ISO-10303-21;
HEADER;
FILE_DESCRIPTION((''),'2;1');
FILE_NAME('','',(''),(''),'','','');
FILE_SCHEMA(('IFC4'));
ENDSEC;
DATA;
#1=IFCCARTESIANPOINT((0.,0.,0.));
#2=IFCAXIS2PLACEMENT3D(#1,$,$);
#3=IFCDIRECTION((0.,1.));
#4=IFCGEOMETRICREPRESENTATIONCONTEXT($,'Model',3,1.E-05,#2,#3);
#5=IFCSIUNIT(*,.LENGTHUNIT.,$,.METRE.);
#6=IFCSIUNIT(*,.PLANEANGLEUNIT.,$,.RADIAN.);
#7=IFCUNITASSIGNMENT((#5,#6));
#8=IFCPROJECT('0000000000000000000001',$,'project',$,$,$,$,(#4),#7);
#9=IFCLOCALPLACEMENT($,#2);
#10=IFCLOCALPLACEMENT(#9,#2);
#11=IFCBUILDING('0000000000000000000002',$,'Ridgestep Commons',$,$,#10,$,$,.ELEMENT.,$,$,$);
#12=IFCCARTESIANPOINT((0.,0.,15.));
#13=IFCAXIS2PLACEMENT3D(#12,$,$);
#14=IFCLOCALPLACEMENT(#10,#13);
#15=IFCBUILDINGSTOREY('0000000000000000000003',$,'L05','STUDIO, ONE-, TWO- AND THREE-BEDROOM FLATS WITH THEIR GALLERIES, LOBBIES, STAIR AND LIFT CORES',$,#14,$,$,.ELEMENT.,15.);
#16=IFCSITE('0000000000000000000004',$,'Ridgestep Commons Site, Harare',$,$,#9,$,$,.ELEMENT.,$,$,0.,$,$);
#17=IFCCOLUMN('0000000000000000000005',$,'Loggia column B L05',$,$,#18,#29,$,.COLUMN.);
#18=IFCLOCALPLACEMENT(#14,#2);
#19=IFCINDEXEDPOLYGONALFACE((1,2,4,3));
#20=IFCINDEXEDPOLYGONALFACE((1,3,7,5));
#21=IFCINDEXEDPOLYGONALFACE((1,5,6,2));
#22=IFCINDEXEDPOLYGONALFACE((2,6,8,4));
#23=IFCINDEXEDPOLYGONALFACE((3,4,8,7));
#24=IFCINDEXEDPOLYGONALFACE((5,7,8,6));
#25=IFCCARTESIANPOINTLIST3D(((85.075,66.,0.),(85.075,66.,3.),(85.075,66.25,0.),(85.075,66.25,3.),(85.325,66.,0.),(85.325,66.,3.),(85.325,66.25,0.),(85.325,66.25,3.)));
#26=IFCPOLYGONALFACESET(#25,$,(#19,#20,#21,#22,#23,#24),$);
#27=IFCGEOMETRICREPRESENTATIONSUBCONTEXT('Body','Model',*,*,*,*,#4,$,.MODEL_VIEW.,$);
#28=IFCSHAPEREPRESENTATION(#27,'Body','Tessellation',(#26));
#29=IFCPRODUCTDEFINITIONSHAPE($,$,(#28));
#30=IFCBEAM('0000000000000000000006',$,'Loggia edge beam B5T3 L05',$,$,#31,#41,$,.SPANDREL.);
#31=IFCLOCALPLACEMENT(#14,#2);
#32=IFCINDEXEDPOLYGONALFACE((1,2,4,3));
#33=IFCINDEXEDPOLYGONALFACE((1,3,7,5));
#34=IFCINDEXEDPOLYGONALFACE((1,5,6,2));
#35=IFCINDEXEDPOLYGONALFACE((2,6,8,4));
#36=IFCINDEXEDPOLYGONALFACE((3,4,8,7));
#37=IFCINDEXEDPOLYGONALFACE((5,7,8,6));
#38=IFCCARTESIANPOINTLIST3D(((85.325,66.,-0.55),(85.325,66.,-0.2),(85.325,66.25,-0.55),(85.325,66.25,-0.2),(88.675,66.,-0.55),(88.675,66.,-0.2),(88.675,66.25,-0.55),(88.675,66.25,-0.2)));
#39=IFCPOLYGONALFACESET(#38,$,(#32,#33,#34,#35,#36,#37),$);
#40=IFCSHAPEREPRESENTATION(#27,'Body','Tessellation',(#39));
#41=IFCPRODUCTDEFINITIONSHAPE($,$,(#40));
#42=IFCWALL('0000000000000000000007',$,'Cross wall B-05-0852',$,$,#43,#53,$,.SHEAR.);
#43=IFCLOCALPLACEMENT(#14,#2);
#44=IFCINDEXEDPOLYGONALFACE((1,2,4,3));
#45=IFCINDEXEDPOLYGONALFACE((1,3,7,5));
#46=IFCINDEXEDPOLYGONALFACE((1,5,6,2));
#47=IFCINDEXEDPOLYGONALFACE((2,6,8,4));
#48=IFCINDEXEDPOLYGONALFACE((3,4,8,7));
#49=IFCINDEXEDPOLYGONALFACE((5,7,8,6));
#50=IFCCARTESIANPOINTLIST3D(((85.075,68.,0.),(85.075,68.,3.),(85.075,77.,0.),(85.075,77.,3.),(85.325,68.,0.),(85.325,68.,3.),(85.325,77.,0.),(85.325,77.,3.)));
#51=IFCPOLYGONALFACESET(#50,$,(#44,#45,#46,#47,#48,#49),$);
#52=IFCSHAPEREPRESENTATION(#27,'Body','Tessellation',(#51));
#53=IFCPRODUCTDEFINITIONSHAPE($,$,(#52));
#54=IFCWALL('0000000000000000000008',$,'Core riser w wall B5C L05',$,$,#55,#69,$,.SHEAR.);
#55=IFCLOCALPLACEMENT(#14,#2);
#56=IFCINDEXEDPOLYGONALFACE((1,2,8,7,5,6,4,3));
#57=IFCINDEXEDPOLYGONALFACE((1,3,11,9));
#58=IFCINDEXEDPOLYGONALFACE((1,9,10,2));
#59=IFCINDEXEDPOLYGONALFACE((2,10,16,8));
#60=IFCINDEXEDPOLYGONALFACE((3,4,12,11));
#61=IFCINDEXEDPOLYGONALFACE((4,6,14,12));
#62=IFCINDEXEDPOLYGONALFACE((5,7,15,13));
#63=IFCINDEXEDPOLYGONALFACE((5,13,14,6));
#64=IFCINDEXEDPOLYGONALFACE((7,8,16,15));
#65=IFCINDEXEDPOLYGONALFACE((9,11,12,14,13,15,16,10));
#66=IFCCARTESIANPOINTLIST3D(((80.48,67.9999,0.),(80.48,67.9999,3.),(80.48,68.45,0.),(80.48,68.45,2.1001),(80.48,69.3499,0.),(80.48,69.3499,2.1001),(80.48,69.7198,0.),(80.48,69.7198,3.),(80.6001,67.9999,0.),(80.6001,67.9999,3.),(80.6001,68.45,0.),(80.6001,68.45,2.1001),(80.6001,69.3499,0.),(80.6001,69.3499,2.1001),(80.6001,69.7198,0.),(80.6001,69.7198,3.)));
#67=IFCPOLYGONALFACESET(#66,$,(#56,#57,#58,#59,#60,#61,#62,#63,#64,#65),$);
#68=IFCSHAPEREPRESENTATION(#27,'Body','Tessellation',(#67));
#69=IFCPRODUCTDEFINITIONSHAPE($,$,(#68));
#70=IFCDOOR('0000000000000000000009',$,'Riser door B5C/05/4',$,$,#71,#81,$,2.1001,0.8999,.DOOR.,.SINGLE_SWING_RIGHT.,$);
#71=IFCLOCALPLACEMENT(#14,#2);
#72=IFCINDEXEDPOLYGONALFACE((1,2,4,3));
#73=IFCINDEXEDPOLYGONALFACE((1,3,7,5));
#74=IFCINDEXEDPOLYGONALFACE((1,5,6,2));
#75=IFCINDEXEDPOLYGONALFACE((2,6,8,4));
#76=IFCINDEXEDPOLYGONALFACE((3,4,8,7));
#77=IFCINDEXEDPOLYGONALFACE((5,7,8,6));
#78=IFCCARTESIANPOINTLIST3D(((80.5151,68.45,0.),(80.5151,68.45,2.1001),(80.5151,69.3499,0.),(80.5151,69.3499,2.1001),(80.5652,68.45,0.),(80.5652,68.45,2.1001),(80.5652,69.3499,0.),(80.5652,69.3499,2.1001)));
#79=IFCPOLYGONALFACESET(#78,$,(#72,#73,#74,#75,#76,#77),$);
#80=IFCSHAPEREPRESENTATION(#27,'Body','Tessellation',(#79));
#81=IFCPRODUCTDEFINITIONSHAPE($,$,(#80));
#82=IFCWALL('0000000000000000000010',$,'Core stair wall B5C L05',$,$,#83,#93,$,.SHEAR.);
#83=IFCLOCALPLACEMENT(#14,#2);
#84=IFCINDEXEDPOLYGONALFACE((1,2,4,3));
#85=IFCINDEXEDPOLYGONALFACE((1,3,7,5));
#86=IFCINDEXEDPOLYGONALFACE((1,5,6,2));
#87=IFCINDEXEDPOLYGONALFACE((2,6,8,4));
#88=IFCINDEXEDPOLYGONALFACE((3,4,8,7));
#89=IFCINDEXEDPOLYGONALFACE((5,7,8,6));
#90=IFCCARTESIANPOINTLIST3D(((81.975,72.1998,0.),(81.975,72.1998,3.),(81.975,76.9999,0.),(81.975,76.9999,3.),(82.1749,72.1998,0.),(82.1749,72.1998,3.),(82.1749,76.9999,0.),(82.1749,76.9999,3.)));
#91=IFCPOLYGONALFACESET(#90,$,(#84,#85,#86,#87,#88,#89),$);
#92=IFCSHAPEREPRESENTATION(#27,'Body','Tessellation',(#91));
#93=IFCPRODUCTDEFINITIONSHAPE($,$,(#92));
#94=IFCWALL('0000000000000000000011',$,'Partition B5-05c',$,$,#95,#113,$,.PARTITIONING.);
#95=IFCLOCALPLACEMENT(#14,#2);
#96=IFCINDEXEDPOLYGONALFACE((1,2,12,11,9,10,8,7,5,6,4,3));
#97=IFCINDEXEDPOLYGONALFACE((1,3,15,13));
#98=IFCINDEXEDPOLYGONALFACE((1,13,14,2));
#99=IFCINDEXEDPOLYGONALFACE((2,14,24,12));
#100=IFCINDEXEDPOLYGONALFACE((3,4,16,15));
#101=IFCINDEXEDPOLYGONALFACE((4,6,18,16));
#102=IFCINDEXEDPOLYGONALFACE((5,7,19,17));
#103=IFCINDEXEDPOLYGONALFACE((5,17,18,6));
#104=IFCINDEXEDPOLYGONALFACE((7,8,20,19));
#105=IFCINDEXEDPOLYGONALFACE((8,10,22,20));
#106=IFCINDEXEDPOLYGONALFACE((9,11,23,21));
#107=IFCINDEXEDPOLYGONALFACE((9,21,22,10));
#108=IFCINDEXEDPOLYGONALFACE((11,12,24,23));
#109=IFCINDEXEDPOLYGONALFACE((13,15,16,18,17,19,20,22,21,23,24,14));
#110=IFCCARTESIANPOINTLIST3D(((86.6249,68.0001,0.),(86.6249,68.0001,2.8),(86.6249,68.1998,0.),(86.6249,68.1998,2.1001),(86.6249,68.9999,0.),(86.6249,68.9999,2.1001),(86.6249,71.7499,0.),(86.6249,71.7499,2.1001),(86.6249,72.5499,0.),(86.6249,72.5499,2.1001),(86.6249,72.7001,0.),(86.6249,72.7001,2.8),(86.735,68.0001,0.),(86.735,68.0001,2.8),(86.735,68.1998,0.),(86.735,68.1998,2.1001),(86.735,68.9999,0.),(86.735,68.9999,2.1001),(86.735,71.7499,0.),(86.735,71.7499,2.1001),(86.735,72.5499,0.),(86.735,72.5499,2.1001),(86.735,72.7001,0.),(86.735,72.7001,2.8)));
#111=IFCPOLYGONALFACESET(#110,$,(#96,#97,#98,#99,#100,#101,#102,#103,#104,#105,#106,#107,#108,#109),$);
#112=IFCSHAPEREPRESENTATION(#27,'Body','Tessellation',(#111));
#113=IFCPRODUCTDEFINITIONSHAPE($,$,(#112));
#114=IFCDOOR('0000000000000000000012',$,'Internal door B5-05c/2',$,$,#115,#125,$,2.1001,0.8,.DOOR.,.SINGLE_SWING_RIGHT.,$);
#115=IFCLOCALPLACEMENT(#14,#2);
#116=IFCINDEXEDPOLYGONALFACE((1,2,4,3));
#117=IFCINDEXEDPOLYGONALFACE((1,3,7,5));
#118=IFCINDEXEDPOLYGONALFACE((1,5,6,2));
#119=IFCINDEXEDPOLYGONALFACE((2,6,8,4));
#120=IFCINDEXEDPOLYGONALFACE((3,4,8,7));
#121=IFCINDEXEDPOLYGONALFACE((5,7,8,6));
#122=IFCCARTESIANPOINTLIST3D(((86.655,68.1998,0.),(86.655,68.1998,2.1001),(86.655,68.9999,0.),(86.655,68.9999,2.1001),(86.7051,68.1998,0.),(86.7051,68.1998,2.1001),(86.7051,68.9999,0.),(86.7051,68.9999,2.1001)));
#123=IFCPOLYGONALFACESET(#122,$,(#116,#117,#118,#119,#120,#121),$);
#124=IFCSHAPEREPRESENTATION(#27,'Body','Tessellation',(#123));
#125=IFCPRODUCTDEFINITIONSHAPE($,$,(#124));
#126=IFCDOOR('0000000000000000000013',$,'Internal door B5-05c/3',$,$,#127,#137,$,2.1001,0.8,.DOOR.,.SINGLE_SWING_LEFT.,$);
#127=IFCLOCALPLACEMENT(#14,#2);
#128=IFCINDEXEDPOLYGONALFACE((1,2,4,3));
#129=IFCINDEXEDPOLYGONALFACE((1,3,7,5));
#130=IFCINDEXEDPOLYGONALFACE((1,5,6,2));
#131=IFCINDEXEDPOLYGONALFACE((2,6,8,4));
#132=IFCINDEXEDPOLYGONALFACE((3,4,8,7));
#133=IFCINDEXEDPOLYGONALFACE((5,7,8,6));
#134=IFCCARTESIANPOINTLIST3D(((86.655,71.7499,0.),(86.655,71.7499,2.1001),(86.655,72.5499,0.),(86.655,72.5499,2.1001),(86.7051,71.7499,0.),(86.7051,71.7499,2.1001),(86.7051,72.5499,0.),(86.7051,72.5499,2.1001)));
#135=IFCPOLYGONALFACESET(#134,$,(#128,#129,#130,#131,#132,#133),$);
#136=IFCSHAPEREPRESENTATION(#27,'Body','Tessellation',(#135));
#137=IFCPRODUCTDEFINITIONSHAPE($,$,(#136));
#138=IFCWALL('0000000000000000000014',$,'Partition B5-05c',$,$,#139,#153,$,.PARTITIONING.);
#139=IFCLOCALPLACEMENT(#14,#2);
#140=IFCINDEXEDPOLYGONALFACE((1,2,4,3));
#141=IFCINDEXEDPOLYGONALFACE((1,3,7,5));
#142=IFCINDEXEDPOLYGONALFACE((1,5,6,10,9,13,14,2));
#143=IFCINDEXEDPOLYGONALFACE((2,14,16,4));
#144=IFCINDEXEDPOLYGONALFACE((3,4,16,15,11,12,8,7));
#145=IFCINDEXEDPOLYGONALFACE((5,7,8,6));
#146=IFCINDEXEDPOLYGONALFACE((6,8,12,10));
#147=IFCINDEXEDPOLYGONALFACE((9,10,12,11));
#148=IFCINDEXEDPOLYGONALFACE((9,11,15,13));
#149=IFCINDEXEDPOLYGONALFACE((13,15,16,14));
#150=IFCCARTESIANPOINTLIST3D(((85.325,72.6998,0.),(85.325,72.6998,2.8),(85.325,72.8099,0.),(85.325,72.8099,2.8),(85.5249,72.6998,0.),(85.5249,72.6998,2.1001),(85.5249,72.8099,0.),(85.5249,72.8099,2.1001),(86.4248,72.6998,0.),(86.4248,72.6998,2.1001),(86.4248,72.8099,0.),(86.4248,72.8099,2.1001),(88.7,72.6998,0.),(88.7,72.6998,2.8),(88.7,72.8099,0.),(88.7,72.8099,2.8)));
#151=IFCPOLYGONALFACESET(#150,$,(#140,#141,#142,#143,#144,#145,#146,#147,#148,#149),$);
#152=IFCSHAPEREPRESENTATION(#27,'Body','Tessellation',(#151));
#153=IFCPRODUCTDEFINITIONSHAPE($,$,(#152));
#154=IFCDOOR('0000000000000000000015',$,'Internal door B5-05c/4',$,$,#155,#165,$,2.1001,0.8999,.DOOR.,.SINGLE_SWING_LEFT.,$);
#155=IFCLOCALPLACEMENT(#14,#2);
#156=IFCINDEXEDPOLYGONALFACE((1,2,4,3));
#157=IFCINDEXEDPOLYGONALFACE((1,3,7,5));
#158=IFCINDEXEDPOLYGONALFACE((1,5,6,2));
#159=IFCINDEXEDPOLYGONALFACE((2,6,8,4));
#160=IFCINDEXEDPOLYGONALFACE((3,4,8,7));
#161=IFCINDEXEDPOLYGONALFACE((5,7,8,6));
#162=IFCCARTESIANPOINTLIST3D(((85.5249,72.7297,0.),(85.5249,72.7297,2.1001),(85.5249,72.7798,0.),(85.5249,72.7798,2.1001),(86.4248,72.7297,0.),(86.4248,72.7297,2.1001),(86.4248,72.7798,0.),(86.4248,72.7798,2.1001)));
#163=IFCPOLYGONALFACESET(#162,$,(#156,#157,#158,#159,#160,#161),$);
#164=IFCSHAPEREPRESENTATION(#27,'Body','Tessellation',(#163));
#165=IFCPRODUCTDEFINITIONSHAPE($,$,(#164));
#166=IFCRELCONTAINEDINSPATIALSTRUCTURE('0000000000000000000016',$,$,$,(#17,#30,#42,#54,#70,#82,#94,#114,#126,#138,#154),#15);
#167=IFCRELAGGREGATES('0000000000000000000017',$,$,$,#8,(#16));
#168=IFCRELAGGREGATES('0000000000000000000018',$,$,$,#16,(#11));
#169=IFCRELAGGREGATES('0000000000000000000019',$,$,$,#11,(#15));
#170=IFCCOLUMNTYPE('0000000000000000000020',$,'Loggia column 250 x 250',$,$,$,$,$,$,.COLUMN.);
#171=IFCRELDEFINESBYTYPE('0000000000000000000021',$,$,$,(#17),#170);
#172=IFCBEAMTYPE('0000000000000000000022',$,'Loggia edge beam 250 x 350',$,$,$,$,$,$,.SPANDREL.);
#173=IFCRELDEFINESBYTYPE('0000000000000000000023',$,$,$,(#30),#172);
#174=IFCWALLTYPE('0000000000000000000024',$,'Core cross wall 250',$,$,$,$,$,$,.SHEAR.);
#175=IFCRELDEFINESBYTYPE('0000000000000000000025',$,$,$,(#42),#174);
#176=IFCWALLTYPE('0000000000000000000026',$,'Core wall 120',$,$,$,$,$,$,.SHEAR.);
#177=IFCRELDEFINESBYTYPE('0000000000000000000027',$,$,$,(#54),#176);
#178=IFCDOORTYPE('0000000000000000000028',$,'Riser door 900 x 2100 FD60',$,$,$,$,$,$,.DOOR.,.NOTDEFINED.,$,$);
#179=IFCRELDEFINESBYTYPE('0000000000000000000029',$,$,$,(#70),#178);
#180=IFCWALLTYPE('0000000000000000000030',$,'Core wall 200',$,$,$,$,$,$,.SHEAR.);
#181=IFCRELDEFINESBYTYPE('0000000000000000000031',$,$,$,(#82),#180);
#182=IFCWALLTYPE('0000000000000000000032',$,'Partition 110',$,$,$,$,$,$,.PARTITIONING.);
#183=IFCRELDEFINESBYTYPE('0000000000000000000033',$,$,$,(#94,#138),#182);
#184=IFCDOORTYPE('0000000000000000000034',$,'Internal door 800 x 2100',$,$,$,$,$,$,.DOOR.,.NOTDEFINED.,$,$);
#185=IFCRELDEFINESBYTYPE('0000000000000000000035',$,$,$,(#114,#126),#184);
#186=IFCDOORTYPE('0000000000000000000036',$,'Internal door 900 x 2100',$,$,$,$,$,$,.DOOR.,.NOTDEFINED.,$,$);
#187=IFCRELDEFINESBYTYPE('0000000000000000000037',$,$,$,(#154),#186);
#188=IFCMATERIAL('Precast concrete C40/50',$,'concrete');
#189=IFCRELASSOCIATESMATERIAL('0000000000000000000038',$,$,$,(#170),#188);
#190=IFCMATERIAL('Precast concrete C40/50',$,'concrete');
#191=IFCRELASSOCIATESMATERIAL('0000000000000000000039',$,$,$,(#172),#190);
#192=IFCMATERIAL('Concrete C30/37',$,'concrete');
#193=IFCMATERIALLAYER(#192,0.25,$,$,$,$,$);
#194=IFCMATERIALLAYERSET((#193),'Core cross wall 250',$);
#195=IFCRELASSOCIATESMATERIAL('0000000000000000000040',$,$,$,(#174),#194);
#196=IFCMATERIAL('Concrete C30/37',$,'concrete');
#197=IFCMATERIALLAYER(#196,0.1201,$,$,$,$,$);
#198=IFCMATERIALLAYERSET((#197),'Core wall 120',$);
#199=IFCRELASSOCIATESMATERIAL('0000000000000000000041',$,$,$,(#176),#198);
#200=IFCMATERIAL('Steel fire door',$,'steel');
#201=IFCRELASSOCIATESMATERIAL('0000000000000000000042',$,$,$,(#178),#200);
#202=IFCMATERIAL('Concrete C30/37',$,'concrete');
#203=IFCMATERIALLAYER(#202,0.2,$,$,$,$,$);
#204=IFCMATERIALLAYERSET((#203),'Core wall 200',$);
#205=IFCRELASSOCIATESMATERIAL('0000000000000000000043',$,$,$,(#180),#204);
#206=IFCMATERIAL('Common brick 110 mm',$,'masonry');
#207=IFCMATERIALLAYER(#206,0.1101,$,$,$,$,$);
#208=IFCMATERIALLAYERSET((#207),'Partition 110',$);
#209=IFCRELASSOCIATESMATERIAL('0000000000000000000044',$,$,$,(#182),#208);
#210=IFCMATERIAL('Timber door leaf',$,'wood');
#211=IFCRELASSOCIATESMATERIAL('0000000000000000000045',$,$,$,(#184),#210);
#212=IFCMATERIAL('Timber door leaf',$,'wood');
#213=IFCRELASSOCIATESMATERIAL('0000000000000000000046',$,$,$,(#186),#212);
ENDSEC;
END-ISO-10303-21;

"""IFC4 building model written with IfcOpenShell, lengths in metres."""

from ifc_helpers import new_model, si_unit, direction, frame, frame_2d, origin, origin_2d, place, context, subcontext, project, spatial, rectangle, extrude, material, layer, layer_set, material_profile, profile_set, type_object, element, fill, save


model = new_model("IFC4")

# Units and contexts
model_context = context("Model", 3, precision=1e-05, world=origin(), true_north=direction((0.0, 1.0)))
body_context = subcontext(model_context, "Body", "Model", "MODEL_VIEW")
ifc_project = project(units=[si_unit("LENGTHUNIT", "METRE"), si_unit("PLANEANGLEUNIT", "RADIAN")], contexts=[model_context])

# Site, building, storey
site_placement = place(None, origin())
site = spatial("IfcSite", under=ifc_project, at=site_placement, Name="Ridgestep Commons Site, Harare", CompositionType="ELEMENT", RefElevation=0.0)
building_placement = place(site_placement, origin())
building = spatial("IfcBuilding", under=site, at=building_placement, Name="Ridgestep Commons", CompositionType="ELEMENT")
storey_placement = place(building_placement, frame((0.0, 0.0, 15.0)))
storey = spatial("IfcBuildingStorey", under=building, at=storey_placement, Name="L05", Description="STUDIO, ONE-, TWO- AND THREE-BEDROOM FLATS WITH THEIR GALLERIES, LOBBIES, STAIR AND LIFT CORES", CompositionType="ELEMENT", Elevation=15.0)

# Column
ifc_material_1 = material(Name="Precast concrete C40/50", Category="concrete")
ifc_material_profile_1 = material_profile(ifc_material_1, rectangle(XDim=0.25, YDim=0.25, at=origin_2d()), Name="PC 250x250")
ifc_profile_set_1 = profile_set([ifc_material_profile_1], Name="Precast concrete C40/50")
column_type = type_object("IfcColumnType", Name="Loggia column 250 x 250", PredefinedType="COLUMN", material=ifc_profile_set_1)
column_placement = place(storey_placement, frame((85.2, 66.125, 0.0), z_axis=(0.0, 0.0, 1.0), x_axis=(1.0, 0.0, 0.0)))
element("IfcColumn", 1, at=column_placement, inside=storey, type_object=column_type, Name="Loggia column B L05", PredefinedType="COLUMN", context=body_context, shape_type="SweptSolid", body=[
    extrude(rectangle(XDim=0.25, YDim=0.25, at=origin_2d()), origin(), (0.0, 0.0, 1.0), 3.0),
])

# Beam
ifc_material_2 = material(Name="Precast concrete C40/50", Category="concrete")
ifc_material_profile_2 = material_profile(ifc_material_2, rectangle(XDim=0.25, YDim=0.3501, at=origin_2d()), Name="PC 250x350")
ifc_profile_set_2 = profile_set([ifc_material_profile_2], Name="Precast concrete C40/50")
beam_type = type_object("IfcBeamType", Name="Loggia edge beam 250 x 350", PredefinedType="SPANDREL", material=ifc_profile_set_2)
beam_placement = place(storey_placement, frame((85.325, 66.125, -0.375), z_axis=(1.0, 0.0, 0.0), x_axis=(0.0, 1.0, 0.0)))
element("IfcBeam", 2, at=beam_placement, inside=storey, type_object=beam_type, Name="Loggia edge beam B5T3 L05", PredefinedType="SPANDREL", context=body_context, shape_type="SweptSolid", body=[
    extrude(rectangle(XDim=0.25, YDim=0.3501, at=origin_2d()), origin(), (0.0, 0.0, 1.0), 3.3501),
])

# Wall
ifc_material_3 = material(Name="Concrete C30/37", Category="concrete")
ifc_layer_1 = layer(ifc_material_3, 0.25)
ifc_layer_set_1 = layer_set([ifc_layer_1], Name="Core cross wall 250")
wall_type_1 = type_object("IfcWallType", Name="Core cross wall 250", PredefinedType="SHEAR", material=ifc_layer_set_1)
wall_1_placement = place(storey_placement, frame((85.2, 68.0, 0.0), z_axis=(0.0, 0.0, 1.0), x_axis=(0.0, 1.0, 0.0)))
element("IfcWall", 3, at=wall_1_placement, inside=storey, type_object=wall_type_1, Name="Cross wall B-05-0852", PredefinedType="SHEAR", context=body_context, shape_type="SweptSolid", body=[
    extrude(rectangle(XDim=9.0, YDim=0.25, at=frame_2d((4.5, 0.0))), origin(), (0.0, 0.0, 1.0), 3.0),
])

# Wall, opening, door
ifc_material_4 = material(Name="Concrete C30/37", Category="concrete")
ifc_layer_2 = layer(ifc_material_4, 0.1201)
ifc_layer_set_2 = layer_set([ifc_layer_2], Name="Core wall 120")
wall_type_2 = type_object("IfcWallType", Name="Core wall 120", PredefinedType="SHEAR", material=ifc_layer_set_2)
wall_2_placement = place(storey_placement, frame((80.54, 68.0, 0.0), z_axis=(0.0, 0.0, 1.0), x_axis=(0.0, 1.0, 0.0)))
wall_2 = element("IfcWall", 4, at=wall_2_placement, inside=storey, type_object=wall_type_2, Name="Core riser w wall B5C L05", PredefinedType="SHEAR", context=body_context, shape_type="SweptSolid", body=[
    extrude(rectangle(XDim=1.72, YDim=0.1201, at=frame_2d((0.8599, 0.0))), origin(), (0.0, 0.0, 1.0), 3.0),
])
opening_1_placement = place(wall_2_placement, frame((0.45, 0.0, 0.0)))
opening_1 = element("IfcOpeningElement", 5, at=opening_1_placement, cuts=wall_2, PredefinedType="OPENING", context=body_context, shape_type="SweptSolid", body=[
    extrude(rectangle(XDim=0.8999, YDim=2.1001, at=frame_2d((0.45, 1.05))), frame((0.0, 0.0701, 0.0), z_axis=(0.0, -1.0, 0.0), x_axis=(1.0, 0.0, 0.0)), (0.0, 0.0, 1.0), 0.1401),
])
ifc_material_5 = material(Name="Steel fire door", Category="steel")
door_type_1 = type_object("IfcDoorType", Name="Riser door 900 x 2100 FD60", OperationType="NOTDEFINED", PredefinedType="DOOR", material=ifc_material_5)
door_1_placement = place(opening_1_placement, origin())
door_1 = element("IfcDoor", 6, at=door_1_placement, inside=storey, type_object=door_type_1, Name="Riser door B5C/05/4", OperationType="SINGLE_SWING_RIGHT", OverallHeight=2.1001, OverallWidth=0.8999, PredefinedType="DOOR", context=body_context, shape_type="SweptSolid", body=[
    extrude(rectangle(XDim=0.8999, YDim=2.1001, at=frame_2d((0.45, 1.05))), frame((0.0, 0.0249, 0.0), z_axis=(0.0, -1.0, 0.0), x_axis=(1.0, 0.0, 0.0)), (0.0, 0.0, 1.0), 0.05),
])
fill(opening_1, door_1)

# Wall
ifc_material_6 = material(Name="Concrete C30/37", Category="concrete")
ifc_layer_3 = layer(ifc_material_6, 0.2)
ifc_layer_set_3 = layer_set([ifc_layer_3], Name="Core wall 200")
wall_type_3 = type_object("IfcWallType", Name="Core wall 200", PredefinedType="SHEAR", material=ifc_layer_set_3)
wall_3_placement = place(storey_placement, frame((82.075, 72.2, 0.0), z_axis=(0.0, 0.0, 1.0), x_axis=(0.0, 1.0, 0.0)))
element("IfcWall", 7, at=wall_3_placement, inside=storey, type_object=wall_type_3, Name="Core stair wall B5C L05", PredefinedType="SHEAR", context=body_context, shape_type="SweptSolid", body=[
    extrude(rectangle(XDim=4.8, YDim=0.2, at=frame_2d((2.3999, 0.0))), origin(), (0.0, 0.0, 1.0), 3.0),
])

# Wall, openings, doors
ifc_material_7 = material(Name="Common brick 110 mm", Category="masonry")
ifc_layer_4 = layer(ifc_material_7, 0.1101)
ifc_layer_set_4 = layer_set([ifc_layer_4], Name="Partition 110")
wall_type_4 = type_object("IfcWallType", Name="Partition 110", PredefinedType="PARTITIONING", material=ifc_layer_set_4)
wall_4_placement = place(storey_placement, frame((86.6799, 68.0, 0.0), z_axis=(0.0, 0.0, 1.0), x_axis=(0.0, 1.0, 0.0)))
wall_4 = element("IfcWall", 8, at=wall_4_placement, inside=storey, type_object=wall_type_4, Name="Partition B5-05c", PredefinedType="PARTITIONING", context=body_context, shape_type="SweptSolid", body=[
    extrude(rectangle(XDim=4.7, YDim=0.1101, at=frame_2d((2.3501, 0.0))), origin(), (0.0, 0.0, 1.0), 2.8),
])
opening_2_placement = place(wall_4_placement, frame((0.2, 0.0, 0.0)))
opening_2 = element("IfcOpeningElement", 9, at=opening_2_placement, cuts=wall_4, PredefinedType="OPENING", context=body_context, shape_type="SweptSolid", body=[
    extrude(rectangle(XDim=0.8, YDim=2.1001, at=frame_2d((0.3999, 1.05))), frame((0.0, 0.0649, 0.0), z_axis=(0.0, -1.0, 0.0), x_axis=(1.0, 0.0, 0.0)), (0.0, 0.0, 1.0), 0.1301),
])
opening_3_placement = place(wall_4_placement, frame((3.75, 0.0, 0.0)))
opening_3 = element("IfcOpeningElement", 10, at=opening_3_placement, cuts=wall_4, PredefinedType="OPENING", context=body_context, shape_type="SweptSolid", body=[
    extrude(rectangle(XDim=0.8, YDim=2.1001, at=frame_2d((0.3999, 1.05))), frame((0.0, 0.0649, 0.0), z_axis=(0.0, -1.0, 0.0), x_axis=(1.0, 0.0, 0.0)), (0.0, 0.0, 1.0), 0.1301),
])
ifc_material_8 = material(Name="Timber door leaf", Category="wood")
door_type_2 = type_object("IfcDoorType", Name="Internal door 800 x 2100", OperationType="NOTDEFINED", PredefinedType="DOOR", material=ifc_material_8)
door_2_placement = place(opening_2_placement, origin())
door_2 = element("IfcDoor", 11, at=door_2_placement, inside=storey, type_object=door_type_2, Name="Internal door B5-05c/2", OperationType="SINGLE_SWING_RIGHT", OverallHeight=2.1001, OverallWidth=0.8, PredefinedType="DOOR", context=body_context, shape_type="SweptSolid", body=[
    extrude(rectangle(XDim=0.8, YDim=2.1001, at=frame_2d((0.3999, 1.05))), frame((0.0, 0.0249, 0.0), z_axis=(0.0, -1.0, 0.0), x_axis=(1.0, 0.0, 0.0)), (0.0, 0.0, 1.0), 0.05),
])
fill(opening_2, door_2)
door_3_placement = place(opening_3_placement, origin())
door_3 = element("IfcDoor", 12, at=door_3_placement, inside=storey, type_object=door_type_2, Name="Internal door B5-05c/3", OperationType="SINGLE_SWING_LEFT", OverallHeight=2.1001, OverallWidth=0.8, PredefinedType="DOOR", context=body_context, shape_type="SweptSolid", body=[
    extrude(rectangle(XDim=0.8, YDim=2.1001, at=frame_2d((0.3999, 1.05))), frame((0.0, 0.0249, 0.0), z_axis=(0.0, -1.0, 0.0), x_axis=(1.0, 0.0, 0.0)), (0.0, 0.0, 1.0), 0.05),
])
fill(opening_3, door_3)

# Wall, opening, door
wall_5_placement = place(storey_placement, frame((85.325, 72.7549, 0.0), z_axis=(0.0, 0.0, 1.0), x_axis=(1.0, 0.0, 0.0)))
wall_5 = element("IfcWall", 13, at=wall_5_placement, inside=storey, type_object=wall_type_4, Name="Partition B5-05c", PredefinedType="PARTITIONING", context=body_context, shape_type="SweptSolid", body=[
    extrude(rectangle(XDim=3.375, YDim=0.1101, at=frame_2d((1.6875, 0.0))), origin(), (0.0, 0.0, 1.0), 2.8),
])
opening_4_placement = place(wall_5_placement, frame((0.2, 0.0, 0.0)))
opening_4 = element("IfcOpeningElement", 14, at=opening_4_placement, cuts=wall_5, PredefinedType="OPENING", context=body_context, shape_type="SweptSolid", body=[
    extrude(rectangle(XDim=0.8999, YDim=2.1001, at=frame_2d((0.45, 1.05))), frame((0.0, 0.0649, 0.0), z_axis=(0.0, -1.0, 0.0), x_axis=(1.0, 0.0, 0.0)), (0.0, 0.0, 1.0), 0.1301),
])
ifc_material_9 = material(Name="Timber door leaf", Category="wood")
door_type_3 = type_object("IfcDoorType", Name="Internal door 900 x 2100", OperationType="NOTDEFINED", PredefinedType="DOOR", material=ifc_material_9)
door_4_placement = place(opening_4_placement, origin())
door_4 = element("IfcDoor", 15, at=door_4_placement, inside=storey, type_object=door_type_3, Name="Internal door B5-05c/4", OperationType="SINGLE_SWING_LEFT", OverallHeight=2.1001, OverallWidth=0.8999, PredefinedType="DOOR", context=body_context, shape_type="SweptSolid", body=[
    extrude(rectangle(XDim=0.8999, YDim=2.1001, at=frame_2d((0.45, 1.05))), frame((0.0, 0.0249, 0.0), z_axis=(0.0, -1.0, 0.0), x_axis=(1.0, 0.0, 0.0)), (0.0, 0.0, 1.0), 0.05),
])
fill(opening_4, door_4)

save(model, "model.ifc")
